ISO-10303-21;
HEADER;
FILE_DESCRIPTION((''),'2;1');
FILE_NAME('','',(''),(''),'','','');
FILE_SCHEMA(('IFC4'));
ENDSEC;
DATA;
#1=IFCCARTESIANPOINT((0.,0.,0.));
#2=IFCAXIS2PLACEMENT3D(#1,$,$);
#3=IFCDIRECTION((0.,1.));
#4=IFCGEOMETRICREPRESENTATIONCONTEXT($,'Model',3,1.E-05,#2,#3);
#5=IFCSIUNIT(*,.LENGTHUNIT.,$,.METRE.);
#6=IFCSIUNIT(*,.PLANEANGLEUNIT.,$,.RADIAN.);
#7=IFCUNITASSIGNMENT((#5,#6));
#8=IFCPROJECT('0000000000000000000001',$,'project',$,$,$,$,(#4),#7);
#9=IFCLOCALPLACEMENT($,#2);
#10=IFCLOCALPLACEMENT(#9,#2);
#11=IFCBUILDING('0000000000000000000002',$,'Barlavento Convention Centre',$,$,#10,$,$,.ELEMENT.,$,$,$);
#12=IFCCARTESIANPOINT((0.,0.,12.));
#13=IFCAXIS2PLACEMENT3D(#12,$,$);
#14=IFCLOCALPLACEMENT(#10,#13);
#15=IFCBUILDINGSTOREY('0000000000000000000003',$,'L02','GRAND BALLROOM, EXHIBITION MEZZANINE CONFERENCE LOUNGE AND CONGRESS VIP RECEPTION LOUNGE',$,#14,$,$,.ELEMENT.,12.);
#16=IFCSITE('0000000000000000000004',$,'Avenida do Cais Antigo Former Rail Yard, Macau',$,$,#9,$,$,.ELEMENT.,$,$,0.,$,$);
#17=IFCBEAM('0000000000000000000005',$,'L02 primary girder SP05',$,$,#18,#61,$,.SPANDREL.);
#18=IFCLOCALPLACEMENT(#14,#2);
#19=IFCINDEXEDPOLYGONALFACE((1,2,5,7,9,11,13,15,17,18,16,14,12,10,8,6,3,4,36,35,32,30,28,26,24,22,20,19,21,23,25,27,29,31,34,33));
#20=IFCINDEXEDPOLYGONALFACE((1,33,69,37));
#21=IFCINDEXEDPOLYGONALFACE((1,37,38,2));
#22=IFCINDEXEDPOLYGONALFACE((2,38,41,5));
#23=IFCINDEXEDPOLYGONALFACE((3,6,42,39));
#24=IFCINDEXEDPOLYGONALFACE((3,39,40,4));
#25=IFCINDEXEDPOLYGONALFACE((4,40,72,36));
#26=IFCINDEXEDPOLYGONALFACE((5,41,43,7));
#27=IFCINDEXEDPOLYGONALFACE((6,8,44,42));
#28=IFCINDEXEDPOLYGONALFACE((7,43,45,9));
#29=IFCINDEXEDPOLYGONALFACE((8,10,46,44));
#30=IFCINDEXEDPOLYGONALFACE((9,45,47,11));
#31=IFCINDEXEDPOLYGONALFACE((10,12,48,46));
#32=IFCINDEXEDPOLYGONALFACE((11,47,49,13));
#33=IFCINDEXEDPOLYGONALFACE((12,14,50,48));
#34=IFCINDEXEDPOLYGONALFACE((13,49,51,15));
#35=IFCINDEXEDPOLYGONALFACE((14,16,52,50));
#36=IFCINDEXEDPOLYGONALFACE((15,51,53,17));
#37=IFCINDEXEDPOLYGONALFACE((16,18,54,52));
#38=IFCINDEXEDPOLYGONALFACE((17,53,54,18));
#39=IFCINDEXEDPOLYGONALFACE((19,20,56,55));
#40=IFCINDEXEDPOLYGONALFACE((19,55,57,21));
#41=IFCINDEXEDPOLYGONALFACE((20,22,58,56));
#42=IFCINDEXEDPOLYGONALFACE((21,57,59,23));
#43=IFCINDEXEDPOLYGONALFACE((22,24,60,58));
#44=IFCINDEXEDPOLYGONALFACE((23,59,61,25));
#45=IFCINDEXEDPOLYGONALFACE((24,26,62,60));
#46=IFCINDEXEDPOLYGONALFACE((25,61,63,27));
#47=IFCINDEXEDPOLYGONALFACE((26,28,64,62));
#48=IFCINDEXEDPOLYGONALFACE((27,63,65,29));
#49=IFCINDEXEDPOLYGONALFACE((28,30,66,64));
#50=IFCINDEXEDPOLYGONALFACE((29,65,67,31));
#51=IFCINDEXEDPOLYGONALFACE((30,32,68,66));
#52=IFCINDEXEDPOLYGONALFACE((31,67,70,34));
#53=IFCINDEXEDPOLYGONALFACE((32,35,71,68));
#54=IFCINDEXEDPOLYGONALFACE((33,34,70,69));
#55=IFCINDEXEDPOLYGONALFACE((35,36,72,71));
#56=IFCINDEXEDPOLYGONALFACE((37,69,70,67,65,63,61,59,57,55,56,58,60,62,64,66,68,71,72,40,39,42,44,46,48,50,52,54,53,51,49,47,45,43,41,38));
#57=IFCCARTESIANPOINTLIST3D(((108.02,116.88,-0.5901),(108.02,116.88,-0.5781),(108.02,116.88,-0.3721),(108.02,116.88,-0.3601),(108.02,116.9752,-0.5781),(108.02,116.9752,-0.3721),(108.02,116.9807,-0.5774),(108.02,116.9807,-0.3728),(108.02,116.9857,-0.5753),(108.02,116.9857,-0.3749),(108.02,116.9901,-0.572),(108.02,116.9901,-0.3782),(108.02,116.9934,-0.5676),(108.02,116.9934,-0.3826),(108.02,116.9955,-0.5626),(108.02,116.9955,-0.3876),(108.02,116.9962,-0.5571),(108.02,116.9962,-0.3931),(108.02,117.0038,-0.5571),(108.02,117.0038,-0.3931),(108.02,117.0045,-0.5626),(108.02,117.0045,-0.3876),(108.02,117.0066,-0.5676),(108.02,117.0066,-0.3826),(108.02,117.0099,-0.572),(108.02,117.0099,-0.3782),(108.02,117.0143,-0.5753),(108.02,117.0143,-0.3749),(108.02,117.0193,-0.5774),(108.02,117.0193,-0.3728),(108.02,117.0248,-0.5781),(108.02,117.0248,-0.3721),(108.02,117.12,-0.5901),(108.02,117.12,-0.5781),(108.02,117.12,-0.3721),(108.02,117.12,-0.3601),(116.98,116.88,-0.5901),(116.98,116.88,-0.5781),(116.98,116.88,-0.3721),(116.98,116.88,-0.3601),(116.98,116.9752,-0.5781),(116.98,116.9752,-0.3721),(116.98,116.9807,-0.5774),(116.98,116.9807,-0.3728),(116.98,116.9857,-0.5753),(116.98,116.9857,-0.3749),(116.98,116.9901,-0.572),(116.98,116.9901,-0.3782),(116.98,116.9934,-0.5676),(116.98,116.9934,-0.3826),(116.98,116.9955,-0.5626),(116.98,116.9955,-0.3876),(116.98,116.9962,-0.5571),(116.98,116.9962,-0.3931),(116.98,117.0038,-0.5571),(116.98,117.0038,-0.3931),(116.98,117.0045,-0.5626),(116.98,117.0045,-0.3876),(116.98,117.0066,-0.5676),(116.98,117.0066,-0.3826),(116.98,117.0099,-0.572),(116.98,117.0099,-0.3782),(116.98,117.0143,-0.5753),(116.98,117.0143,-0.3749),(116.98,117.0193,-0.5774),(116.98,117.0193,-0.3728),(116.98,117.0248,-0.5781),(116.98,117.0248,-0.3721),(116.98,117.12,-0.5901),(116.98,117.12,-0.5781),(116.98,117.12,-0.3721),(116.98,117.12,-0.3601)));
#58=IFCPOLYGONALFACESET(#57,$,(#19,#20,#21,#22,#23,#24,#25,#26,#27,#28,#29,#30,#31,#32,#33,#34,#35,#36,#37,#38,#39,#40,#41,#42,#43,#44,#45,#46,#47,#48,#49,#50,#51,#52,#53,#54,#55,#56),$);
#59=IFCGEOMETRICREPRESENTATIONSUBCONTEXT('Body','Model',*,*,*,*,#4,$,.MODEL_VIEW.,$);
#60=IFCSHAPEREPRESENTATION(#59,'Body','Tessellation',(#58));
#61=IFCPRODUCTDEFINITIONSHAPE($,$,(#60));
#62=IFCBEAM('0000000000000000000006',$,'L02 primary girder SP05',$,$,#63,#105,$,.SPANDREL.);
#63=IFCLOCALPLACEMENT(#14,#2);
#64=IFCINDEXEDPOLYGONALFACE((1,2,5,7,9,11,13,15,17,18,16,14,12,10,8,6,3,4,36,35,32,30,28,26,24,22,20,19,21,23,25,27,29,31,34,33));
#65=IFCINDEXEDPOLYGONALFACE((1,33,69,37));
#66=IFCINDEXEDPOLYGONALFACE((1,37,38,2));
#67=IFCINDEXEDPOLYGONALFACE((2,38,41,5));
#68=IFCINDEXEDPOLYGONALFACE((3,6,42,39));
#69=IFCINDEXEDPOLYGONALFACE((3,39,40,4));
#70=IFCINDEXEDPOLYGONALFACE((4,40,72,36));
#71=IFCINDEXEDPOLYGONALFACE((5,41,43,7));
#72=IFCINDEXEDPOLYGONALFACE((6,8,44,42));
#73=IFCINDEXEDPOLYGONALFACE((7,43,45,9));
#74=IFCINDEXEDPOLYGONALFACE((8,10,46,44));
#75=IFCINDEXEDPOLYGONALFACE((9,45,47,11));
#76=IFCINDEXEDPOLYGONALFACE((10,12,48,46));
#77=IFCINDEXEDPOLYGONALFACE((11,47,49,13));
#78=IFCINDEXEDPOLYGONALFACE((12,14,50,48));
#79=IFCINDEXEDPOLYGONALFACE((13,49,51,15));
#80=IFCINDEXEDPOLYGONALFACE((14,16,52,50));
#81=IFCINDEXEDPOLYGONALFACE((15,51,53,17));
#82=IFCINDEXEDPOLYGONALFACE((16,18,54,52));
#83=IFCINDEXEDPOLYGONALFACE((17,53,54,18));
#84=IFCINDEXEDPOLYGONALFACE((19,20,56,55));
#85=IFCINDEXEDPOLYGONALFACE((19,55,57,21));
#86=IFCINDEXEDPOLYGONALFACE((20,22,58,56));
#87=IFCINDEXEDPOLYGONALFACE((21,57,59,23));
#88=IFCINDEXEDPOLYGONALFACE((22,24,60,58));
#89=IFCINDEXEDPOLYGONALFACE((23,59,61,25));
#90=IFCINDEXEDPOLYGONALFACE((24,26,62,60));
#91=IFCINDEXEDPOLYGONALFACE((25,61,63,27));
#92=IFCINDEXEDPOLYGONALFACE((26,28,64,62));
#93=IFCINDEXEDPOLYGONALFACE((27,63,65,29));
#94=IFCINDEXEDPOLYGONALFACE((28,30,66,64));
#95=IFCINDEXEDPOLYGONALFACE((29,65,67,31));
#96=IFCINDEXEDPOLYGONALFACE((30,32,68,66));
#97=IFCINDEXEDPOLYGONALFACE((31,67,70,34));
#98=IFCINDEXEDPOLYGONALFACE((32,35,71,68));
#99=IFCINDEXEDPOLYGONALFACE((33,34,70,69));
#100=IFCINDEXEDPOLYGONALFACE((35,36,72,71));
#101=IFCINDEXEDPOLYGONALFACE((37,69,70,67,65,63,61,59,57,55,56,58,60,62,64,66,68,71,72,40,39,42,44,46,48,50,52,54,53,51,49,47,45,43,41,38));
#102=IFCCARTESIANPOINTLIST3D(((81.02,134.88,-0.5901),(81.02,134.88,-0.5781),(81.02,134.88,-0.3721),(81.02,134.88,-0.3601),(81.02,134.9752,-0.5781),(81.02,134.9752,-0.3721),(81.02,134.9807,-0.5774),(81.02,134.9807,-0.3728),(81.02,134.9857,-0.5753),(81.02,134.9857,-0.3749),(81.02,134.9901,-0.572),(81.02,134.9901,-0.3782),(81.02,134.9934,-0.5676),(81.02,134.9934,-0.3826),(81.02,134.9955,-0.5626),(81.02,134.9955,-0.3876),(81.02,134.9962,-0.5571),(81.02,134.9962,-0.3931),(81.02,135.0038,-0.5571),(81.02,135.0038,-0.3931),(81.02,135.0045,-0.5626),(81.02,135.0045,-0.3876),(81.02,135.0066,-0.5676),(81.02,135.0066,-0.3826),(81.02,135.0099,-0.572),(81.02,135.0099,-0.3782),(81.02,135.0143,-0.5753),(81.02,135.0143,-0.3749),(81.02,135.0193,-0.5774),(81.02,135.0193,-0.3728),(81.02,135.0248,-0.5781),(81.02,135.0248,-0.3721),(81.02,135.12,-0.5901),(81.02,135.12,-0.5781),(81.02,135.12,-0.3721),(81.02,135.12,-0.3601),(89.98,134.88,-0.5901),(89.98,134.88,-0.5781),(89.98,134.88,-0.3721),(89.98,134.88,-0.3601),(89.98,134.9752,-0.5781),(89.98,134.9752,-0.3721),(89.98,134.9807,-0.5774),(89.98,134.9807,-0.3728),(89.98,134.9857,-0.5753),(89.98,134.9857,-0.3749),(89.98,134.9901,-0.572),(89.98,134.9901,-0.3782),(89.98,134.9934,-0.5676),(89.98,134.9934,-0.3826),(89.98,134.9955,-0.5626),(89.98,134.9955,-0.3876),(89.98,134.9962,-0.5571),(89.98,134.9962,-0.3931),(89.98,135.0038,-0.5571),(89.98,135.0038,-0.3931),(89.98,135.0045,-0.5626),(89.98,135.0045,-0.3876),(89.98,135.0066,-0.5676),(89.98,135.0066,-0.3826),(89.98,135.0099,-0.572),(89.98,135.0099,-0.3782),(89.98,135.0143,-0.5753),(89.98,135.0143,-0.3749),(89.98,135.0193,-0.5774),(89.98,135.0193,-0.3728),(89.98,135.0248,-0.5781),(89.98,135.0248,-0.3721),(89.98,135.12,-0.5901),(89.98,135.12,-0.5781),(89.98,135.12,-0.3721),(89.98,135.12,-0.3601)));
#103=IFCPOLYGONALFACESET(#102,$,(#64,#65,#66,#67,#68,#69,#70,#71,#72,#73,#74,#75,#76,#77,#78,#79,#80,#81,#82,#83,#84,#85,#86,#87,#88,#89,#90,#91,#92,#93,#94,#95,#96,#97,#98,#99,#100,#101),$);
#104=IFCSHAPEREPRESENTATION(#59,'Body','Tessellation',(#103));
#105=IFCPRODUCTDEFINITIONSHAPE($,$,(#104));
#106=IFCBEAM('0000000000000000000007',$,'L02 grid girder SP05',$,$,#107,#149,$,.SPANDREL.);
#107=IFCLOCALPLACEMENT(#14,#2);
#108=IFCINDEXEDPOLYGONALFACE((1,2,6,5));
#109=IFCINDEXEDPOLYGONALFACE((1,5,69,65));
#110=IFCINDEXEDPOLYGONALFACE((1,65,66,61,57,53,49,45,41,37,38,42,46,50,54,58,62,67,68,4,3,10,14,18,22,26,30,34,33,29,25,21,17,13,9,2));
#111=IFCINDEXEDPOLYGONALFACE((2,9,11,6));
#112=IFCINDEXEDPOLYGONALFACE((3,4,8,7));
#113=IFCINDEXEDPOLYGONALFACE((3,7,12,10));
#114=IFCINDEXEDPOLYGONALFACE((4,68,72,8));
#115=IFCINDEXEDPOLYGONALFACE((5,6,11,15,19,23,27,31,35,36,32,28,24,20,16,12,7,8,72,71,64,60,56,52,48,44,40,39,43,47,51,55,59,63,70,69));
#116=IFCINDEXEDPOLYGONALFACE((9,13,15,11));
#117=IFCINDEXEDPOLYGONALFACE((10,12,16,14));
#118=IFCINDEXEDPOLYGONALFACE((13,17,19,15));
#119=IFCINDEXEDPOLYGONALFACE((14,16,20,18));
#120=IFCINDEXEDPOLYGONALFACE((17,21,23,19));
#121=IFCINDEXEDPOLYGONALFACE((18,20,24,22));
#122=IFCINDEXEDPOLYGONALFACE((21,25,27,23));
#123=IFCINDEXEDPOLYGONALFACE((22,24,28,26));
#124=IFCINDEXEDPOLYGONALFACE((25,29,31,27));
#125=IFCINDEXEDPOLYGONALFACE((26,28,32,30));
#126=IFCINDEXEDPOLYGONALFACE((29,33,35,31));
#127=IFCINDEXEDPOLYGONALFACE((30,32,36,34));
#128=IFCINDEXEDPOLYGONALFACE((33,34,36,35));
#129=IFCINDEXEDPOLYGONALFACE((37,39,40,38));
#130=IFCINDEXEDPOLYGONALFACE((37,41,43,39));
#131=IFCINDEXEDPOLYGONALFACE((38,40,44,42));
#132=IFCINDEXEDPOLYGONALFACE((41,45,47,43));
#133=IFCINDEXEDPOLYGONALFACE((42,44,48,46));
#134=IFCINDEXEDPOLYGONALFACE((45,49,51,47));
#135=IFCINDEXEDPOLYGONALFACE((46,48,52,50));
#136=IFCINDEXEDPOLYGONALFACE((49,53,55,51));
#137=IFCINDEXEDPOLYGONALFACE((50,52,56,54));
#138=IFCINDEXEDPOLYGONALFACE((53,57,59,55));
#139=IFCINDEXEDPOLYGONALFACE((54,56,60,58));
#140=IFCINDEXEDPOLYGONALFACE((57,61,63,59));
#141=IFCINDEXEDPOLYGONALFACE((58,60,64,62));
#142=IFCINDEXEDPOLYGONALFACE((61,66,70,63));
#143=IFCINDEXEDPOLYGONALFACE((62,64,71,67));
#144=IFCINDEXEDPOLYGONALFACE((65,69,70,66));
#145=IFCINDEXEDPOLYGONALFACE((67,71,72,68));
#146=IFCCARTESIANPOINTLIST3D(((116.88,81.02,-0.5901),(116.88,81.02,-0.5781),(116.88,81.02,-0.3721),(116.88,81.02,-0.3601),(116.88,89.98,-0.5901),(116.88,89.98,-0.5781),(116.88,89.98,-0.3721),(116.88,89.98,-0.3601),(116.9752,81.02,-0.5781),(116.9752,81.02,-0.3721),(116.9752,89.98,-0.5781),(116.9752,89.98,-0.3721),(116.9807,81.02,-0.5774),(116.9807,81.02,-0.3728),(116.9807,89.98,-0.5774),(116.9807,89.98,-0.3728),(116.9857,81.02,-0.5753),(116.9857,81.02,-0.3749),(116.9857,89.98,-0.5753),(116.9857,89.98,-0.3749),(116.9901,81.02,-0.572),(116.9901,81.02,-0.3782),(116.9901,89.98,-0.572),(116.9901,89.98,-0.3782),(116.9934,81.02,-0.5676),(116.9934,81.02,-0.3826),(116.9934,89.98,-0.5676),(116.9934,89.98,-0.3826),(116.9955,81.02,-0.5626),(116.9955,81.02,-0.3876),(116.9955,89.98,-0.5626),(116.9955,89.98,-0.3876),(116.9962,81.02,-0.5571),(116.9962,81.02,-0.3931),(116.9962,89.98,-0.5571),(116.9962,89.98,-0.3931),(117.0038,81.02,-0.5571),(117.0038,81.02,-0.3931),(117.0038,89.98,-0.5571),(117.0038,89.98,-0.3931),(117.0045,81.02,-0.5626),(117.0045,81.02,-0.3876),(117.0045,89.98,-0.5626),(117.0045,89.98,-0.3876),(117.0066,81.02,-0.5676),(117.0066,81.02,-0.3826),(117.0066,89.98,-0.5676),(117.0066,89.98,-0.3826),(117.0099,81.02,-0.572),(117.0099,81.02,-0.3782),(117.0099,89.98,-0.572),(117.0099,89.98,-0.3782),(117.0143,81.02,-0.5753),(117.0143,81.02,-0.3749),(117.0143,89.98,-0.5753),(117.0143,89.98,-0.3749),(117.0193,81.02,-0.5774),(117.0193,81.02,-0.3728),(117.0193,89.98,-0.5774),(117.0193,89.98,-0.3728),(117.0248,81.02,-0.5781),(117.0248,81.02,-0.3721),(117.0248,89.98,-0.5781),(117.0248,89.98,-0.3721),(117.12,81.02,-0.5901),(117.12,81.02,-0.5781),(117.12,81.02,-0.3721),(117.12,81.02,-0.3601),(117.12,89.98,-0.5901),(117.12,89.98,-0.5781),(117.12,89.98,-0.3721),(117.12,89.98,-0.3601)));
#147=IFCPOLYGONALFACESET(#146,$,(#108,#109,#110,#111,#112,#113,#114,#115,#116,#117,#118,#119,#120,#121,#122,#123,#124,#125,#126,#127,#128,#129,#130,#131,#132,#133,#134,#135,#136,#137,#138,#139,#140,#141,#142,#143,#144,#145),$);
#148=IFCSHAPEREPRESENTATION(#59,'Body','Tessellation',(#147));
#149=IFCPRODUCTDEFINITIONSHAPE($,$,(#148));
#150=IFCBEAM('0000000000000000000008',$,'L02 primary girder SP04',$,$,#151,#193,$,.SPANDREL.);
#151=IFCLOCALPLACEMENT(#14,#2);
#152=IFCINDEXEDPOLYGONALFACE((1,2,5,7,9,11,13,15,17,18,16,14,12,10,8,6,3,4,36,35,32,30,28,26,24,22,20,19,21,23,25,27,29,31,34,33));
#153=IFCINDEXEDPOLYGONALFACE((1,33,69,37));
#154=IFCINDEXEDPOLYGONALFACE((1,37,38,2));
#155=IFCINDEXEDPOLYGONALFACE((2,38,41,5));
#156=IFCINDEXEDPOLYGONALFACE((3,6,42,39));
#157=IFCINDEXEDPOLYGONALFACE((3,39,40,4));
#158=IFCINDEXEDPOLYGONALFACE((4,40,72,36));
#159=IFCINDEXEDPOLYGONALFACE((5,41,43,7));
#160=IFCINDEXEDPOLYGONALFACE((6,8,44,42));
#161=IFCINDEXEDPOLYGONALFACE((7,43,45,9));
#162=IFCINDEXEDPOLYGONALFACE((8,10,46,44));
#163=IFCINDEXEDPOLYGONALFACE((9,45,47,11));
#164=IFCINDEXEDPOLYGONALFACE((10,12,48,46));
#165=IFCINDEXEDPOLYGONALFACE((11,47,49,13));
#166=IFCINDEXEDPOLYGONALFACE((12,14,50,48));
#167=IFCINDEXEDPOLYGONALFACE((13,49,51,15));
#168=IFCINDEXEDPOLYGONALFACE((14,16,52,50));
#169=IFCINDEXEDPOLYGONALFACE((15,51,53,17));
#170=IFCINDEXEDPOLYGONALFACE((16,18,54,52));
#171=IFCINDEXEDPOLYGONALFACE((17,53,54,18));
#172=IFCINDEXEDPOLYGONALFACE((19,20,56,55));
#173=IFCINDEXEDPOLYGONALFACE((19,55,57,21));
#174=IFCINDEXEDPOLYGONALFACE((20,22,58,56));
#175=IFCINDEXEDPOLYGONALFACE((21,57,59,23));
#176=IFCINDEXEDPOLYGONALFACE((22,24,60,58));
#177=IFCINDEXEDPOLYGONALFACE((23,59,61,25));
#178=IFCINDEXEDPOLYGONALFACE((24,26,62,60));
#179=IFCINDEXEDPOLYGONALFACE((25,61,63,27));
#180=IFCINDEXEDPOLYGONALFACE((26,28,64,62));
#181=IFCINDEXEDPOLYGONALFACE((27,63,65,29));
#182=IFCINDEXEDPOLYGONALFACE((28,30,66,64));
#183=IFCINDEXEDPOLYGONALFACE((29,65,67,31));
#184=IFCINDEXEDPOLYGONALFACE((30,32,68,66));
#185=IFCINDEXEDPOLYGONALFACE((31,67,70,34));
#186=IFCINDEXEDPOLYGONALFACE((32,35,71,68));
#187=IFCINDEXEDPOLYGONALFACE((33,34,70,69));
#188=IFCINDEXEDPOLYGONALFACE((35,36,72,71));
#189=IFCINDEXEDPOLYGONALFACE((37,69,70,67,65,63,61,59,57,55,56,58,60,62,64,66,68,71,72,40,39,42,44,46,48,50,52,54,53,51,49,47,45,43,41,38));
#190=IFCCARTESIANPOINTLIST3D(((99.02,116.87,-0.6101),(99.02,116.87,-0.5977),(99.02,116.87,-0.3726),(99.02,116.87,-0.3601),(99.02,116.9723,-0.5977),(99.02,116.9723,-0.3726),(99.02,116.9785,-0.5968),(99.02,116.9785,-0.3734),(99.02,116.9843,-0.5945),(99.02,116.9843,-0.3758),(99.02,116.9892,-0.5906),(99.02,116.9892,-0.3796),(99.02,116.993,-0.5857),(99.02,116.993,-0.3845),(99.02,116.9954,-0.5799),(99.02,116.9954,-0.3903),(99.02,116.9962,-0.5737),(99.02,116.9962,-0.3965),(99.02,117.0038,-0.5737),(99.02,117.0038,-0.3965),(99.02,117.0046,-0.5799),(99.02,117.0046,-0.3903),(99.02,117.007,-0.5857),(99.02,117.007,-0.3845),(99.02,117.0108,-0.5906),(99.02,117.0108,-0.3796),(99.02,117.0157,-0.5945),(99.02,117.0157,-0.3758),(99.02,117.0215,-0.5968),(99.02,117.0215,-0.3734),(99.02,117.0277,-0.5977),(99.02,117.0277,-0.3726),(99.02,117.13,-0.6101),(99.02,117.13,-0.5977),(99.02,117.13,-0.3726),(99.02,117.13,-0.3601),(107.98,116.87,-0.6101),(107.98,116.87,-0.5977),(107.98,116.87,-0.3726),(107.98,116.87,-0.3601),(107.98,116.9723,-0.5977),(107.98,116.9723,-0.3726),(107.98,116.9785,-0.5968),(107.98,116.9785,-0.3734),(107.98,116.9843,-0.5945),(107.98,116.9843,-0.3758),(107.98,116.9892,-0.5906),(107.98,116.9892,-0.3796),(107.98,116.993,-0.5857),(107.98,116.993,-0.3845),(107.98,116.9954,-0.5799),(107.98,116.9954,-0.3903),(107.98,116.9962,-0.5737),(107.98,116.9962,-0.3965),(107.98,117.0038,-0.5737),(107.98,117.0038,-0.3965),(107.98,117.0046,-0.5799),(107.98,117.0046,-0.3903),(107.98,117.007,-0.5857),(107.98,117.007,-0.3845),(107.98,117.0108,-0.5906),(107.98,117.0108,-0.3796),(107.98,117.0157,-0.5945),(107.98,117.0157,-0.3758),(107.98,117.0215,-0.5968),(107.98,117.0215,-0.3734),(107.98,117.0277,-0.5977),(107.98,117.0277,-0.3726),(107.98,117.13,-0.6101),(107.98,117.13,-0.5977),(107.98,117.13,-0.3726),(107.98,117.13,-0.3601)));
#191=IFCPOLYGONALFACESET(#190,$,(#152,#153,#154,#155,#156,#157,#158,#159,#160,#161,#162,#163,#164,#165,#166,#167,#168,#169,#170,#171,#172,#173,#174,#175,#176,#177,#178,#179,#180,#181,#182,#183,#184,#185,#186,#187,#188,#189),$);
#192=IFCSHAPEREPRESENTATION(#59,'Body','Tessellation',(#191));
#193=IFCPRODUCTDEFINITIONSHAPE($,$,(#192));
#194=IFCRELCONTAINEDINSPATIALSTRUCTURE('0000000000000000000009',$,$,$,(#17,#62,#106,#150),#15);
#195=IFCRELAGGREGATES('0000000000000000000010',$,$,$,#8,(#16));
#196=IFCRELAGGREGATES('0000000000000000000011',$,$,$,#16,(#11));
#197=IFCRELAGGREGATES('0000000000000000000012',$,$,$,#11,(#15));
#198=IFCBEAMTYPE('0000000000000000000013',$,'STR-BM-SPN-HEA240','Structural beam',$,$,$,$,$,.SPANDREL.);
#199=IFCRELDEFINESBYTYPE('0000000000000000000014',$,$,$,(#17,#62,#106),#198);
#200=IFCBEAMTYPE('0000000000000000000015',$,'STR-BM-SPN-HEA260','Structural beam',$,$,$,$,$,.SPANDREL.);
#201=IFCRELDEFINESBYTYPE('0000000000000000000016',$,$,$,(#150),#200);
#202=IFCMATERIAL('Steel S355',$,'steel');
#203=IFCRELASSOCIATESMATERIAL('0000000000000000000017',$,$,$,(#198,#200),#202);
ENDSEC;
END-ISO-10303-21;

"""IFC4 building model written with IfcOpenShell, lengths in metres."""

from ifc_helpers import new_model, si_unit, direction, frame, origin, origin_2d, place, context, subcontext, project, spatial, i_section, extrude, material, material_profile, profile_set, type_object, element, save


model = new_model("IFC4")

# Units and contexts
model_context = context("Model", 3, precision=1e-05, world=origin(), true_north=direction((0.0, 1.0)))
body_context = subcontext(model_context, "Body", "Model", "MODEL_VIEW")
ifc_project = project(units=[si_unit("LENGTHUNIT", "METRE"), si_unit("PLANEANGLEUNIT", "RADIAN")], contexts=[model_context])

# Site, building, storey
site_placement = place(None, origin())
site = spatial("IfcSite", under=ifc_project, at=site_placement, Name="Avenida do Cais Antigo Former Rail Yard, Macau", CompositionType="ELEMENT", RefElevation=0.0)
building_placement = place(site_placement, origin())
building = spatial("IfcBuilding", under=site, at=building_placement, Name="Barlavento Convention Centre", CompositionType="ELEMENT")
storey_placement = place(building_placement, frame((0.0, 0.0, 12.0)))
storey = spatial("IfcBuildingStorey", under=building, at=storey_placement, Name="L02", Description="GRAND BALLROOM, EXHIBITION MEZZANINE CONFERENCE LOUNGE AND CONGRESS VIP RECEPTION LOUNGE", CompositionType="ELEMENT", Elevation=12.0)

# Shared definitions
ifc_material_1 = material(Name="Steel S355", Category="steel")

# Beams
ifc_material_profile_1 = material_profile(ifc_material_1, i_section(OverallWidth=0.24, OverallDepth=0.23, WebThickness=0.0076, FlangeThickness=0.012, FilletRadius=0.021, at=origin_2d()), Name="HEA 240")
ifc_profile_set_1 = profile_set([ifc_material_profile_1], Name="Steel S355")
beam_type_1 = type_object("IfcBeamType", Name="STR-BM-SPN-HEA240", Description="Structural beam", PredefinedType="SPANDREL", material=ifc_profile_set_1)
for number, where, z_axis, x_axis, name in (
    (1, (108.02, 117.0, -0.4751), (1.0, 0.0, 0.0), (0.0, 1.0, 0.0), "L02 primary girder SP05"),
    (2, (81.02, 135.0, -0.4751), (1.0, 0.0, 0.0), (0.0, 1.0, 0.0), "L02 primary girder SP05"),
    (3, (117.0, 81.02, -0.4751), (0.0, 1.0, 0.0), (-1.0, 0.0, 0.0), "L02 grid girder SP05"),
):
    element("IfcBeam", number, at=place(storey_placement, frame(where, z_axis=z_axis, x_axis=x_axis)), inside=storey, type_object=beam_type_1, Name=name, PredefinedType="SPANDREL", context=body_context, shape_type="SweptSolid", body=[
        extrude(i_section(OverallWidth=0.24, OverallDepth=0.23, WebThickness=0.0076, FlangeThickness=0.012, FilletRadius=0.021, at=origin_2d()), origin(), (0.0, 0.0, 1.0), 8.96),
    ])
ifc_material_profile_2 = material_profile(ifc_material_1, i_section(OverallWidth=0.26, OverallDepth=0.25, WebThickness=0.0076, FlangeThickness=0.0125, FilletRadius=0.0239, at=origin_2d()), Name="HEA 260")
ifc_profile_set_2 = profile_set([ifc_material_profile_2], Name="Steel S355")
beam_type_2 = type_object("IfcBeamType", Name="STR-BM-SPN-HEA260", Description="Structural beam", PredefinedType="SPANDREL", material=ifc_profile_set_2)
for number, where, z_axis, x_axis, name in (
    (4, (99.02, 117.0, -0.4851), (1.0, 0.0, 0.0), (0.0, 1.0, 0.0), "L02 primary girder SP04"),
):
    element("IfcBeam", number, at=place(storey_placement, frame(where, z_axis=z_axis, x_axis=x_axis)), inside=storey, type_object=beam_type_2, Name=name, PredefinedType="SPANDREL", context=body_context, shape_type="SweptSolid", body=[
        extrude(i_section(OverallWidth=0.26, OverallDepth=0.25, WebThickness=0.0076, FlangeThickness=0.0125, FilletRadius=0.0239, at=origin_2d()), origin(), (0.0, 0.0, 1.0), 8.96),
    ])

save(model, "model.ifc")
